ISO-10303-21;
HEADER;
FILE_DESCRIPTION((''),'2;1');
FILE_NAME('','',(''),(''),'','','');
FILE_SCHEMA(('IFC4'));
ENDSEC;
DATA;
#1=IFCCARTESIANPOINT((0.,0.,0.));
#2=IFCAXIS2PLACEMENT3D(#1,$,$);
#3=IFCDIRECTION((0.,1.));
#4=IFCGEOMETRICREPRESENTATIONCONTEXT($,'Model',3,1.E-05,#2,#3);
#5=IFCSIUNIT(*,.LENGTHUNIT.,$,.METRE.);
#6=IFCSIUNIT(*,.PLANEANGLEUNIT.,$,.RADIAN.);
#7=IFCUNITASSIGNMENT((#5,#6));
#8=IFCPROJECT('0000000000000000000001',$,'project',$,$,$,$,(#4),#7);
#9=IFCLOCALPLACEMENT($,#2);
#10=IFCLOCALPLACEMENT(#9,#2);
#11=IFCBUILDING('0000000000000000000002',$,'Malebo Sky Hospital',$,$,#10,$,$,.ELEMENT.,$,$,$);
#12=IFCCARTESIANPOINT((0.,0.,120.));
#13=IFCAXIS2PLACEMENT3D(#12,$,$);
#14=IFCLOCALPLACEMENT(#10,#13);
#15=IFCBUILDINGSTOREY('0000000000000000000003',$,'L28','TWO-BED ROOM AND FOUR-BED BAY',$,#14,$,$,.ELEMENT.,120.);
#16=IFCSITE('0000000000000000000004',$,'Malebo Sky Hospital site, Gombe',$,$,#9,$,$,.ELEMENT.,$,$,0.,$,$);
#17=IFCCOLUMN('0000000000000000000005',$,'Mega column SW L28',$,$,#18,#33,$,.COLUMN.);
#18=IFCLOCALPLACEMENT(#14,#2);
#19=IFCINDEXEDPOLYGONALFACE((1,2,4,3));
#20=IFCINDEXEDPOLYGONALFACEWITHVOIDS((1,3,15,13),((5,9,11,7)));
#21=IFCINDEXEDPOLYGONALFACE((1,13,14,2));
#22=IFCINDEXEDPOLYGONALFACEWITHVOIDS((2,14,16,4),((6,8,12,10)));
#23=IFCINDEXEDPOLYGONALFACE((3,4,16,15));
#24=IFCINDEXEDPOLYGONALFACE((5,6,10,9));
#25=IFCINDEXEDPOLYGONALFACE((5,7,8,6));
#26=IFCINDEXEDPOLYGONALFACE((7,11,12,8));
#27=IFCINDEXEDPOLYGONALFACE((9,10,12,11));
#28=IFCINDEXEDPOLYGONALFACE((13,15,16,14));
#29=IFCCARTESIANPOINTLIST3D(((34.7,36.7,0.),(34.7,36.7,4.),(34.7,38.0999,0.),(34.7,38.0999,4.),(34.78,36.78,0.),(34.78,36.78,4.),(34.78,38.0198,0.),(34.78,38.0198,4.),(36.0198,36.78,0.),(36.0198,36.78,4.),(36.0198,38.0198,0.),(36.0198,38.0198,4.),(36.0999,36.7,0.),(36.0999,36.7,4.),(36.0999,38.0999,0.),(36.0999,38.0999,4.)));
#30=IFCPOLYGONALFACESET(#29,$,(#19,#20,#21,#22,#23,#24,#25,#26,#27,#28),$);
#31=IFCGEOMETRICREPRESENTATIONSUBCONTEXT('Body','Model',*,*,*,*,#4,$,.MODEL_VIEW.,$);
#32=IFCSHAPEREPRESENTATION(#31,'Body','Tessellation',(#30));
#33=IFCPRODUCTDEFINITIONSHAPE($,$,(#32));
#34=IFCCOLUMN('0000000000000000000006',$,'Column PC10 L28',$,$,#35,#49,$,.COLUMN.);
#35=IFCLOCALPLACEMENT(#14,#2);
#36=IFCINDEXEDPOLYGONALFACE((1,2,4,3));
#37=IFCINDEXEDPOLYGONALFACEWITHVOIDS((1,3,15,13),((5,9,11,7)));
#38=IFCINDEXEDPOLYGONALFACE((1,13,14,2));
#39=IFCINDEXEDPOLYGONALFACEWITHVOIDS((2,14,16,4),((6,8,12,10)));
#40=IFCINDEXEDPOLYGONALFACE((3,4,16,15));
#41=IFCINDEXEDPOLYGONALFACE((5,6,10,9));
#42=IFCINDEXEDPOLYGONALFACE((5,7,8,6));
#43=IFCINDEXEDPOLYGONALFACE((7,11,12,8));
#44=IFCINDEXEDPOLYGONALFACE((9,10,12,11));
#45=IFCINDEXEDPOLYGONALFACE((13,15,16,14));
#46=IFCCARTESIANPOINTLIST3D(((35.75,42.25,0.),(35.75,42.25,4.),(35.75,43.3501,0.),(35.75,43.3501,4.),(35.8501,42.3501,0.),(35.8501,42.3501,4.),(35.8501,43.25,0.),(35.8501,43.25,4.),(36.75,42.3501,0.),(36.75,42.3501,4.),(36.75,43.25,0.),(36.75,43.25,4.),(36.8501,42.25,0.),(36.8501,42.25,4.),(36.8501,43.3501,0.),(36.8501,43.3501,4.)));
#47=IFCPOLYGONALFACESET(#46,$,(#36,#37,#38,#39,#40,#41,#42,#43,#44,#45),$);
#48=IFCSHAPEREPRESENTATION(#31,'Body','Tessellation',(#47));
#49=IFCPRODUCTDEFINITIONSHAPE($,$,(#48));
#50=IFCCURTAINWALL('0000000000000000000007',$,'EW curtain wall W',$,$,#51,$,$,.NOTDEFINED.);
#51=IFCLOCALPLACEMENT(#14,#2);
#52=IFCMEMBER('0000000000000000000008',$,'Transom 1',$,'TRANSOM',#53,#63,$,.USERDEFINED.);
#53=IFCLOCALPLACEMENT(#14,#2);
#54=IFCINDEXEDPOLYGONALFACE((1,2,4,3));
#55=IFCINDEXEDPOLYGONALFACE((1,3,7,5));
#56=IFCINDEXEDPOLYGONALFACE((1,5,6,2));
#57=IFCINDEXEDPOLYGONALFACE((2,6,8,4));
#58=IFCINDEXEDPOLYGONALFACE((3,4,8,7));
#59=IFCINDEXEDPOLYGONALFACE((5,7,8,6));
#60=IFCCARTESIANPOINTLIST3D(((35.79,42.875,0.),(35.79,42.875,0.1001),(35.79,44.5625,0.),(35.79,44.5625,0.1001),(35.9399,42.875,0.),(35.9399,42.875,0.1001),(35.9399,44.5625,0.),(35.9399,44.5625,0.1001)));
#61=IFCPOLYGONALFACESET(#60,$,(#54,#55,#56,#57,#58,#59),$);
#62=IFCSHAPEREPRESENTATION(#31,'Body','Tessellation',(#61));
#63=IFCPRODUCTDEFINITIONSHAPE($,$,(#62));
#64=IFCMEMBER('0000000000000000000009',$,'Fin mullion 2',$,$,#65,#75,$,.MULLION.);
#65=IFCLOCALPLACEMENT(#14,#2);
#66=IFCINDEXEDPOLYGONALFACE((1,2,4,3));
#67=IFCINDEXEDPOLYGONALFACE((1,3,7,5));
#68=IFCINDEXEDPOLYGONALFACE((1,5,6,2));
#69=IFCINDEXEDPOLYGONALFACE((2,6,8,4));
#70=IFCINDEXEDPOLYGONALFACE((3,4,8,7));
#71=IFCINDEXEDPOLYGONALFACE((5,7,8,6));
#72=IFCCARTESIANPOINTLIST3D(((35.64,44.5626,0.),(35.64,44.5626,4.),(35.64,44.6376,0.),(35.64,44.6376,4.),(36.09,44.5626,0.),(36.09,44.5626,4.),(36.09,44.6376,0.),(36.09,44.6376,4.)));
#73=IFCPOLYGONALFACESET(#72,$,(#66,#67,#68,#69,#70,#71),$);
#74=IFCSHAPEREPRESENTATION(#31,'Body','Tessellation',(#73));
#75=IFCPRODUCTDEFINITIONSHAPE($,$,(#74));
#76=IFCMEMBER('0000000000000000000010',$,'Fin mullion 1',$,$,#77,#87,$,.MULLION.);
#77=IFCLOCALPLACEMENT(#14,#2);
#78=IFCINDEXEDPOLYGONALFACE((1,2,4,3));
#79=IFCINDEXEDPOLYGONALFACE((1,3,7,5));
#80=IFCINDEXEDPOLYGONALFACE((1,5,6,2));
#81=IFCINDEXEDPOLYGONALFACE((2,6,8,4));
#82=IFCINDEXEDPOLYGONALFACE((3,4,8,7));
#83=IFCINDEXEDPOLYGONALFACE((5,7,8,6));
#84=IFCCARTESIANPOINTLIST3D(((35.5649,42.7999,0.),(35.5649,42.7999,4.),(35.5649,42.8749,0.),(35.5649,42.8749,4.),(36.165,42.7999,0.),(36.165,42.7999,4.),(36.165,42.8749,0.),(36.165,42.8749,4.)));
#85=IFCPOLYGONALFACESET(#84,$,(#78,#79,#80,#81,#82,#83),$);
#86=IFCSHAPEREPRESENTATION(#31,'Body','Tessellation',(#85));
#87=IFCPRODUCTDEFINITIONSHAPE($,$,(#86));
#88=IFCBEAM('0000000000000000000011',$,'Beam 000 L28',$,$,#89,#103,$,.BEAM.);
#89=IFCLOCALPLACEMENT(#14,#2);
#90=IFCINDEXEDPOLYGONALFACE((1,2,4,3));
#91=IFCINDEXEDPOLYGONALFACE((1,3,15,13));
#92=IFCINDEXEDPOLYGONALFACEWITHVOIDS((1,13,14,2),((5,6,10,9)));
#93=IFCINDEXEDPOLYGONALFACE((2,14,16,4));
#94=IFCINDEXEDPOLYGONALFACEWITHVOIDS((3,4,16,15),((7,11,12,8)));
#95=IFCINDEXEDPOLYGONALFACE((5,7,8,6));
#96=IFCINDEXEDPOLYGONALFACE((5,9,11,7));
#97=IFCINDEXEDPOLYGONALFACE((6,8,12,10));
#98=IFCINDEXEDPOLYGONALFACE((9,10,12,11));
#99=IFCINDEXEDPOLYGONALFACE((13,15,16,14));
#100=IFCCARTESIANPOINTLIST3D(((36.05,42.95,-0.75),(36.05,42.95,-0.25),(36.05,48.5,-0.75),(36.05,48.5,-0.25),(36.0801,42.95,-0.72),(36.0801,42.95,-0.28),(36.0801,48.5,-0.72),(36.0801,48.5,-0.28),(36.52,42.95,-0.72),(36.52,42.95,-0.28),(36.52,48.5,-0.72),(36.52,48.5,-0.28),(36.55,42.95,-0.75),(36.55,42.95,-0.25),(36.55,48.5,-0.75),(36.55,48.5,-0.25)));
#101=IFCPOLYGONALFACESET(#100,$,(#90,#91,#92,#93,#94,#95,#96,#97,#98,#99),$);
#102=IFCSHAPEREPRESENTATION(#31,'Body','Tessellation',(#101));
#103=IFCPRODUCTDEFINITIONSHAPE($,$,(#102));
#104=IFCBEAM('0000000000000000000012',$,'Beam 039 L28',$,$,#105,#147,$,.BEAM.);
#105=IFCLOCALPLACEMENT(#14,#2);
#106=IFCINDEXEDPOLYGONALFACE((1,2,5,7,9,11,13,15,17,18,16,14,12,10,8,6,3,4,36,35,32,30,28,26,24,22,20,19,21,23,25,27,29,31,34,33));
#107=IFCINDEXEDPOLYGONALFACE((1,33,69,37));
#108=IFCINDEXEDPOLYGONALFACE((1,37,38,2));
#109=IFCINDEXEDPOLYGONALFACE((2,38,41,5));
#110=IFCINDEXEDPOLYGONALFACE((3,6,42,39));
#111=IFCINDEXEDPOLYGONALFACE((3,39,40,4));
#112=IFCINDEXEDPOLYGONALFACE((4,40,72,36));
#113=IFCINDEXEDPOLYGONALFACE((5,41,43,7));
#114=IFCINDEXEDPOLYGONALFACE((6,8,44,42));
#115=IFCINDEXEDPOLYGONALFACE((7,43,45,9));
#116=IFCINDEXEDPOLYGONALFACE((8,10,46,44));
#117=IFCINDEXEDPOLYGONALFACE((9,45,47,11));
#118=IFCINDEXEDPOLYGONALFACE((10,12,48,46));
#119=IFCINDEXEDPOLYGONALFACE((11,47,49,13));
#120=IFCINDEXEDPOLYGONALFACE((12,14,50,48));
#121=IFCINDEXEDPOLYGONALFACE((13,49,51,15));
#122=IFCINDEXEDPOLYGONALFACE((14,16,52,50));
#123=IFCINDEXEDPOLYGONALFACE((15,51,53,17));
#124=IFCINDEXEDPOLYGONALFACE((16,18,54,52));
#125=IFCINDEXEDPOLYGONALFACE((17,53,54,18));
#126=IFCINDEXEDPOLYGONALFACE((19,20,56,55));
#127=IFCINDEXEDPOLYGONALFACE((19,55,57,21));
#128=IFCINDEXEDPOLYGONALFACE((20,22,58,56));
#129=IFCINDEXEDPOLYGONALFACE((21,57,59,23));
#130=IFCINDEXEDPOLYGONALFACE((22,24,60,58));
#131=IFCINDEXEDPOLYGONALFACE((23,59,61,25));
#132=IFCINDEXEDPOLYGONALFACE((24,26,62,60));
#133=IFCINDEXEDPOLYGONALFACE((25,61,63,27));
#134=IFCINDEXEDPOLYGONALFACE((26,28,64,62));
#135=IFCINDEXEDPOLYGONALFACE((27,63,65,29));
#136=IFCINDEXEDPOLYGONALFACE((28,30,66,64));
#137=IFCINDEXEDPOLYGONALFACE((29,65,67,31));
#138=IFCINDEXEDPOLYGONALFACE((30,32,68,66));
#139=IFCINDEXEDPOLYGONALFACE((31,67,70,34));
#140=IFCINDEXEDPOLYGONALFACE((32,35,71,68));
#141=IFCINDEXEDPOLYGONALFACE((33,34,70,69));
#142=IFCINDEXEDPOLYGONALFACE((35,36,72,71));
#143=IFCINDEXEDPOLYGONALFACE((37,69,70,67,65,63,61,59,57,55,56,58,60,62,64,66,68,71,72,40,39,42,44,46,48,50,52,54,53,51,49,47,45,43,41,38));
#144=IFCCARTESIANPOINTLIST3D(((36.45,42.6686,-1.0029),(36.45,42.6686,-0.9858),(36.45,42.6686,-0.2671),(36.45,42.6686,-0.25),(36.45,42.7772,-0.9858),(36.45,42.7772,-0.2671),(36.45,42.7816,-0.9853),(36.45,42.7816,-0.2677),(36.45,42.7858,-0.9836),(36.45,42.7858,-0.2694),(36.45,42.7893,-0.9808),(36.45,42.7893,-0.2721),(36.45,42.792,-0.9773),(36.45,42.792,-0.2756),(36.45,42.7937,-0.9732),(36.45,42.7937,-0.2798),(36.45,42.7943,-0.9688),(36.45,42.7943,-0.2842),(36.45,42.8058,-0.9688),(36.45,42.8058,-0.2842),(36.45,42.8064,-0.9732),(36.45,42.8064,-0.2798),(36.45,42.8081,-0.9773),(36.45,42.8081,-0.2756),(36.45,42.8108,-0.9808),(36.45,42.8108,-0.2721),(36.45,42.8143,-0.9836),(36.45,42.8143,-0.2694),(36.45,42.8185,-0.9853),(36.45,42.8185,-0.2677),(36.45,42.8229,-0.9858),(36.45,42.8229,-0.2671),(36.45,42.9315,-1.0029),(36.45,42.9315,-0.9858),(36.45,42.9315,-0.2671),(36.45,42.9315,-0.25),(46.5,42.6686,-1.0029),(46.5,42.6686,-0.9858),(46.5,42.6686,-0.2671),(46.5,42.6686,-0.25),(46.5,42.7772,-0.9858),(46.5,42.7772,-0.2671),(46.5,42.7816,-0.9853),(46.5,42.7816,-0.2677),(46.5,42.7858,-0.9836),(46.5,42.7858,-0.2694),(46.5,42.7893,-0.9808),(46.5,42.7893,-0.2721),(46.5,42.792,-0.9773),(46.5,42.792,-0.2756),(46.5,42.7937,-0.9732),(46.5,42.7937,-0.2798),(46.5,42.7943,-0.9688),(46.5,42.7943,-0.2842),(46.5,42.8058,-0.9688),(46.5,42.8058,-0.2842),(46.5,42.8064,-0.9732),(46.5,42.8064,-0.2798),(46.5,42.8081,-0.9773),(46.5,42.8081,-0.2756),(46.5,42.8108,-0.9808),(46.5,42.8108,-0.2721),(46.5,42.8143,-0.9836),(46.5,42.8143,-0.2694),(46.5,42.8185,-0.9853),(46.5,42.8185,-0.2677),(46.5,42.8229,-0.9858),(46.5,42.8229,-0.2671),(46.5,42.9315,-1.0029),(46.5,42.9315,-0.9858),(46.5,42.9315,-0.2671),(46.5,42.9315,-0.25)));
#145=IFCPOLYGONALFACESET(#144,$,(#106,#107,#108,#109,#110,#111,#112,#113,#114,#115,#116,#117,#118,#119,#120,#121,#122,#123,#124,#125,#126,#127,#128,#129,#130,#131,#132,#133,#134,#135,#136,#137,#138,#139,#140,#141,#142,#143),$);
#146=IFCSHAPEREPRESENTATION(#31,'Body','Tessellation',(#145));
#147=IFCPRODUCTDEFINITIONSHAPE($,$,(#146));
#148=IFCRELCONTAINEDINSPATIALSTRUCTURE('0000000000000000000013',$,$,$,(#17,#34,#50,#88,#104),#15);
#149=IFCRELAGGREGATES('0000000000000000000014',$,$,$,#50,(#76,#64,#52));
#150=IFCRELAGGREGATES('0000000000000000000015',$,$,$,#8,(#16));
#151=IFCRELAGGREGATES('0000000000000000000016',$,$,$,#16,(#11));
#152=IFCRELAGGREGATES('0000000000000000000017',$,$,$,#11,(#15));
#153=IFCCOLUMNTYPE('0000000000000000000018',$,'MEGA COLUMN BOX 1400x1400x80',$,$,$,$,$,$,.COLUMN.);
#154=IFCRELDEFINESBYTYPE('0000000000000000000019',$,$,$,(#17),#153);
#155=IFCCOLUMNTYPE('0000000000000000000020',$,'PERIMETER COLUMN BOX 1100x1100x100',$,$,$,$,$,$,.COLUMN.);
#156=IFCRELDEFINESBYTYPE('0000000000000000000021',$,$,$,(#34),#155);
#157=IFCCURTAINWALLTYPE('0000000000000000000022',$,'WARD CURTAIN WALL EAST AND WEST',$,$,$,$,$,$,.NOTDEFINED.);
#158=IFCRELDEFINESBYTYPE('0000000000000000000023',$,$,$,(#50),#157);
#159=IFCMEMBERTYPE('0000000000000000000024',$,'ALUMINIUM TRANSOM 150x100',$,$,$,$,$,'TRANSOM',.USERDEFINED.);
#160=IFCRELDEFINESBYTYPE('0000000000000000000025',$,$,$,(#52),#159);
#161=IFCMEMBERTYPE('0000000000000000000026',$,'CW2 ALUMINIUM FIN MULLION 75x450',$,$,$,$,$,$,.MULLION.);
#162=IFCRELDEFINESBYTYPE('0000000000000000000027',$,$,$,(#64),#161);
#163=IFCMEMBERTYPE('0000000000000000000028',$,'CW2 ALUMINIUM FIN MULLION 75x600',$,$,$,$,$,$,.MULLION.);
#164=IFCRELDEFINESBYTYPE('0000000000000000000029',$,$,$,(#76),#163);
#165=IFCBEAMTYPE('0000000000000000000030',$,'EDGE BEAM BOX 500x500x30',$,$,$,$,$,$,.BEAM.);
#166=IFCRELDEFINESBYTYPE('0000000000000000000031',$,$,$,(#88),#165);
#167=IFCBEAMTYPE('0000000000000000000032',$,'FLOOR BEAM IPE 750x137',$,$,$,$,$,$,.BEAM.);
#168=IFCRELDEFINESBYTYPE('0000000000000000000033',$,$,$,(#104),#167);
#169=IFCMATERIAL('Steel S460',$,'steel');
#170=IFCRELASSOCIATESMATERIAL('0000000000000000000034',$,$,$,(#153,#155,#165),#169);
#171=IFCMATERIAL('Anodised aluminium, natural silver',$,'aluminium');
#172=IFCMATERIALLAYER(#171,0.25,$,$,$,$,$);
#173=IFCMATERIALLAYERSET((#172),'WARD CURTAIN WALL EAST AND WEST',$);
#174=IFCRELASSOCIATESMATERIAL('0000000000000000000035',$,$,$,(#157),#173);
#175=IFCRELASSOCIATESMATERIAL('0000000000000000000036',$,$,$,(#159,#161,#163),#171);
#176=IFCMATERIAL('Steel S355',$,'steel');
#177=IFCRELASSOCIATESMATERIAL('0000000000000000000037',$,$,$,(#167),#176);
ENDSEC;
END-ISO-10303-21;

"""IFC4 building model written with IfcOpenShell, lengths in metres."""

from ifc_helpers import new_model, si_unit, direction, frame, origin, origin_2d, place, context, subcontext, project, spatial, rectangle, hollow_rectangle, i_section, extrude, material, layer, layer_set, material_profile, profile_set, type_object, element, aggregate, save


model = new_model("IFC4")

# Units and contexts
model_context = context("Model", 3, precision=1e-05, world=origin(), true_north=direction((0.0, 1.0)))
body_context = subcontext(model_context, "Body", "Model", "MODEL_VIEW")
ifc_project = project(units=[si_unit("LENGTHUNIT", "METRE"), si_unit("PLANEANGLEUNIT", "RADIAN")], contexts=[model_context])

# Site, building, storey
site_placement = place(None, origin())
site = spatial("IfcSite", under=ifc_project, at=site_placement, Name="Malebo Sky Hospital site, Gombe", CompositionType="ELEMENT", RefElevation=0.0)
building_placement = place(site_placement, origin())
building = spatial("IfcBuilding", under=site, at=building_placement, Name="Malebo Sky Hospital", CompositionType="ELEMENT")
storey_placement = place(building_placement, frame((0.0, 0.0, 120.0)))
storey = spatial("IfcBuildingStorey", under=building, at=storey_placement, Name="L28", Description="TWO-BED ROOM AND FOUR-BED BAY", CompositionType="ELEMENT", Elevation=120.0)

# Columns
ifc_material_1 = material(Name="Steel S460", Category="steel")
ifc_material_profile_1 = material_profile(ifc_material_1, hollow_rectangle(XDim=1.3999, YDim=1.3999, WallThickness=0.0801, at=origin_2d()), Name="BOX 1400x1400x80")
ifc_profile_set_1 = profile_set([ifc_material_profile_1], Name="Steel S460")
column_type_1 = type_object("IfcColumnType", Name="MEGA COLUMN BOX 1400x1400x80", PredefinedType="COLUMN", material=ifc_profile_set_1)
column_1_placement = place(storey_placement, frame((35.3999, 37.3999, 0.0), z_axis=(0.0, 0.0, 1.0), x_axis=(1.0, 0.0, 0.0)))
element("IfcColumn", 1, at=column_1_placement, inside=storey, type_object=column_type_1, Name="Mega column SW L28", PredefinedType="COLUMN", context=body_context, shape_type="SweptSolid", body=[
    extrude(hollow_rectangle(XDim=1.3999, YDim=1.3999, WallThickness=0.0801, at=origin_2d()), origin(), (0.0, 0.0, 1.0), 4.0),
])
ifc_material_profile_2 = material_profile(ifc_material_1, hollow_rectangle(XDim=1.1001, YDim=1.1001, WallThickness=0.1001, at=origin_2d()), Name="BOX 1100x1100x100")
ifc_profile_set_2 = profile_set([ifc_material_profile_2], Name="Steel S460")
column_type_2 = type_object("IfcColumnType", Name="PERIMETER COLUMN BOX 1100x1100x100", PredefinedType="COLUMN", material=ifc_profile_set_2)
column_2_placement = place(storey_placement, frame((36.3, 42.8, 0.0), z_axis=(0.0, 0.0, 1.0), x_axis=(1.0, 0.0, 0.0)))
element("IfcColumn", 2, at=column_2_placement, inside=storey, type_object=column_type_2, Name="Column PC10 L28", PredefinedType="COLUMN", context=body_context, shape_type="SweptSolid", body=[
    extrude(hollow_rectangle(XDim=1.1001, YDim=1.1001, WallThickness=0.1001, at=origin_2d()), origin(), (0.0, 0.0, 1.0), 4.0),
])

# Curtain wall, members
ifc_material_2 = material(Name="Anodised aluminium, natural silver", Category="aluminium")
ifc_layer_1 = layer(ifc_material_2, 0.25)
ifc_layer_set_1 = layer_set([ifc_layer_1], Name="WARD CURTAIN WALL EAST AND WEST")
curtain_wall_type = type_object("IfcCurtainWallType", Name="WARD CURTAIN WALL EAST AND WEST", PredefinedType="NOTDEFINED", material=ifc_layer_set_1)
curtain_wall_placement = place(storey_placement, origin())
curtain_wall = element("IfcCurtainWall", 3, at=curtain_wall_placement, inside=storey, type_object=curtain_wall_type, Name="EW curtain wall W", PredefinedType="NOTDEFINED")
ifc_material_profile_3 = material_profile(ifc_material_2, rectangle(XDim=0.1499, YDim=0.1001, at=origin_2d()), Name="ALUMINIUM TRANSOM 150x100")
ifc_profile_set_3 = profile_set([ifc_material_profile_3], Name="Anodised aluminium, natural silver")
member_type_1 = type_object("IfcMemberType", Name="ALUMINIUM TRANSOM 150x100", ElementType="TRANSOM", PredefinedType="USERDEFINED", material=ifc_profile_set_3)
member_1_placement = place(storey_placement, frame((35.865, 42.875, 0.05), z_axis=(0.0, 1.0, 0.0), x_axis=(-1.0, 0.0, 0.0)))
member_1 = element("IfcMember", 4, at=member_1_placement, type_object=member_type_1, Name="Transom 1", ObjectType="TRANSOM", PredefinedType="USERDEFINED", context=body_context, shape_type="SweptSolid", body=[
    extrude(rectangle(XDim=0.1499, YDim=0.1001, at=origin_2d()), origin(), (0.0, 0.0, 1.0), 1.6875),
])
ifc_material_profile_4 = material_profile(ifc_material_2, rectangle(XDim=0.075, YDim=0.45, at=origin_2d()), Name="CW2 ALUMINIUM FIN MULLION 75x450")
ifc_profile_set_4 = profile_set([ifc_material_profile_4], Name="Anodised aluminium, natural silver")
member_type_2 = type_object("IfcMemberType", Name="CW2 ALUMINIUM FIN MULLION 75x450", PredefinedType="MULLION", material=ifc_profile_set_4)
member_2_placement = place(storey_placement, frame((35.865, 44.6001, 0.0), z_axis=(0.0, 0.0, 1.0), x_axis=(0.0, 1.0, 0.0)))
member_2 = element("IfcMember", 5, at=member_2_placement, type_object=member_type_2, Name="Fin mullion 2", PredefinedType="MULLION", context=body_context, shape_type="SweptSolid", body=[
    extrude(rectangle(XDim=0.075, YDim=0.45, at=origin_2d()), origin(), (0.0, 0.0, 1.0), 4.0),
])
ifc_material_profile_5 = material_profile(ifc_material_2, rectangle(XDim=0.075, YDim=0.6001, at=origin_2d()), Name="CW2 ALUMINIUM FIN MULLION 75x600")
ifc_profile_set_5 = profile_set([ifc_material_profile_5], Name="Anodised aluminium, natural silver")
member_type_3 = type_object("IfcMemberType", Name="CW2 ALUMINIUM FIN MULLION 75x600", PredefinedType="MULLION", material=ifc_profile_set_5)
member_3_placement = place(storey_placement, frame((35.865, 42.8374, 0.0), z_axis=(0.0, 0.0, 1.0), x_axis=(0.0, 1.0, 0.0)))
member_3 = element("IfcMember", 6, at=member_3_placement, type_object=member_type_3, Name="Fin mullion 1", PredefinedType="MULLION", context=body_context, shape_type="SweptSolid", body=[
    extrude(rectangle(XDim=0.075, YDim=0.6001, at=origin_2d()), origin(), (0.0, 0.0, 1.0), 4.0),
])

# Beams
ifc_material_profile_6 = material_profile(ifc_material_1, hollow_rectangle(XDim=0.5, YDim=0.5, WallThickness=0.03, at=origin_2d()), Name="BOX 500x500x30")
ifc_profile_set_6 = profile_set([ifc_material_profile_6], Name="Steel S460")
beam_type_1 = type_object("IfcBeamType", Name="EDGE BEAM BOX 500x500x30", PredefinedType="BEAM", material=ifc_profile_set_6)
beam_1_placement = place(storey_placement, frame((36.3, 42.95, -0.5), z_axis=(0.0, 1.0, 0.0), x_axis=(-1.0, 0.0, 0.0)))
element("IfcBeam", 7, at=beam_1_placement, inside=storey, type_object=beam_type_1, Name="Beam 000 L28", PredefinedType="BEAM", context=body_context, shape_type="SweptSolid", body=[
    extrude(hollow_rectangle(XDim=0.5, YDim=0.5, WallThickness=0.03, at=origin_2d()), origin(), (0.0, 0.0, 1.0), 5.55),
])
ifc_material_3 = material(Name="Steel S355", Category="steel")
ifc_material_profile_7 = material_profile(ifc_material_3, i_section(OverallWidth=0.2629, OverallDepth=0.7529, WebThickness=0.0115, FlangeThickness=0.0171, FilletRadius=0.0171, at=origin_2d()), Name="IPE 750x137")
ifc_profile_set_7 = profile_set([ifc_material_profile_7], Name="Steel S355")
beam_type_2 = type_object("IfcBeamType", Name="FLOOR BEAM IPE 750x137", PredefinedType="BEAM", material=ifc_profile_set_7)
beam_2_placement = place(storey_placement, frame((36.45, 42.8, -0.6265), z_axis=(1.0, 0.0, 0.0), x_axis=(0.0, 1.0, 0.0)))
element("IfcBeam", 8, at=beam_2_placement, inside=storey, type_object=beam_type_2, Name="Beam 039 L28", PredefinedType="BEAM", context=body_context, shape_type="SweptSolid", body=[
    extrude(i_section(OverallWidth=0.2629, OverallDepth=0.7529, WebThickness=0.0115, FlangeThickness=0.0171, FilletRadius=0.0171, at=origin_2d()), origin(), (0.0, 0.0, 1.0), 10.05),
])

aggregate(curtain_wall, [member_3, member_2, member_1])

save(model, "model.ifc")
